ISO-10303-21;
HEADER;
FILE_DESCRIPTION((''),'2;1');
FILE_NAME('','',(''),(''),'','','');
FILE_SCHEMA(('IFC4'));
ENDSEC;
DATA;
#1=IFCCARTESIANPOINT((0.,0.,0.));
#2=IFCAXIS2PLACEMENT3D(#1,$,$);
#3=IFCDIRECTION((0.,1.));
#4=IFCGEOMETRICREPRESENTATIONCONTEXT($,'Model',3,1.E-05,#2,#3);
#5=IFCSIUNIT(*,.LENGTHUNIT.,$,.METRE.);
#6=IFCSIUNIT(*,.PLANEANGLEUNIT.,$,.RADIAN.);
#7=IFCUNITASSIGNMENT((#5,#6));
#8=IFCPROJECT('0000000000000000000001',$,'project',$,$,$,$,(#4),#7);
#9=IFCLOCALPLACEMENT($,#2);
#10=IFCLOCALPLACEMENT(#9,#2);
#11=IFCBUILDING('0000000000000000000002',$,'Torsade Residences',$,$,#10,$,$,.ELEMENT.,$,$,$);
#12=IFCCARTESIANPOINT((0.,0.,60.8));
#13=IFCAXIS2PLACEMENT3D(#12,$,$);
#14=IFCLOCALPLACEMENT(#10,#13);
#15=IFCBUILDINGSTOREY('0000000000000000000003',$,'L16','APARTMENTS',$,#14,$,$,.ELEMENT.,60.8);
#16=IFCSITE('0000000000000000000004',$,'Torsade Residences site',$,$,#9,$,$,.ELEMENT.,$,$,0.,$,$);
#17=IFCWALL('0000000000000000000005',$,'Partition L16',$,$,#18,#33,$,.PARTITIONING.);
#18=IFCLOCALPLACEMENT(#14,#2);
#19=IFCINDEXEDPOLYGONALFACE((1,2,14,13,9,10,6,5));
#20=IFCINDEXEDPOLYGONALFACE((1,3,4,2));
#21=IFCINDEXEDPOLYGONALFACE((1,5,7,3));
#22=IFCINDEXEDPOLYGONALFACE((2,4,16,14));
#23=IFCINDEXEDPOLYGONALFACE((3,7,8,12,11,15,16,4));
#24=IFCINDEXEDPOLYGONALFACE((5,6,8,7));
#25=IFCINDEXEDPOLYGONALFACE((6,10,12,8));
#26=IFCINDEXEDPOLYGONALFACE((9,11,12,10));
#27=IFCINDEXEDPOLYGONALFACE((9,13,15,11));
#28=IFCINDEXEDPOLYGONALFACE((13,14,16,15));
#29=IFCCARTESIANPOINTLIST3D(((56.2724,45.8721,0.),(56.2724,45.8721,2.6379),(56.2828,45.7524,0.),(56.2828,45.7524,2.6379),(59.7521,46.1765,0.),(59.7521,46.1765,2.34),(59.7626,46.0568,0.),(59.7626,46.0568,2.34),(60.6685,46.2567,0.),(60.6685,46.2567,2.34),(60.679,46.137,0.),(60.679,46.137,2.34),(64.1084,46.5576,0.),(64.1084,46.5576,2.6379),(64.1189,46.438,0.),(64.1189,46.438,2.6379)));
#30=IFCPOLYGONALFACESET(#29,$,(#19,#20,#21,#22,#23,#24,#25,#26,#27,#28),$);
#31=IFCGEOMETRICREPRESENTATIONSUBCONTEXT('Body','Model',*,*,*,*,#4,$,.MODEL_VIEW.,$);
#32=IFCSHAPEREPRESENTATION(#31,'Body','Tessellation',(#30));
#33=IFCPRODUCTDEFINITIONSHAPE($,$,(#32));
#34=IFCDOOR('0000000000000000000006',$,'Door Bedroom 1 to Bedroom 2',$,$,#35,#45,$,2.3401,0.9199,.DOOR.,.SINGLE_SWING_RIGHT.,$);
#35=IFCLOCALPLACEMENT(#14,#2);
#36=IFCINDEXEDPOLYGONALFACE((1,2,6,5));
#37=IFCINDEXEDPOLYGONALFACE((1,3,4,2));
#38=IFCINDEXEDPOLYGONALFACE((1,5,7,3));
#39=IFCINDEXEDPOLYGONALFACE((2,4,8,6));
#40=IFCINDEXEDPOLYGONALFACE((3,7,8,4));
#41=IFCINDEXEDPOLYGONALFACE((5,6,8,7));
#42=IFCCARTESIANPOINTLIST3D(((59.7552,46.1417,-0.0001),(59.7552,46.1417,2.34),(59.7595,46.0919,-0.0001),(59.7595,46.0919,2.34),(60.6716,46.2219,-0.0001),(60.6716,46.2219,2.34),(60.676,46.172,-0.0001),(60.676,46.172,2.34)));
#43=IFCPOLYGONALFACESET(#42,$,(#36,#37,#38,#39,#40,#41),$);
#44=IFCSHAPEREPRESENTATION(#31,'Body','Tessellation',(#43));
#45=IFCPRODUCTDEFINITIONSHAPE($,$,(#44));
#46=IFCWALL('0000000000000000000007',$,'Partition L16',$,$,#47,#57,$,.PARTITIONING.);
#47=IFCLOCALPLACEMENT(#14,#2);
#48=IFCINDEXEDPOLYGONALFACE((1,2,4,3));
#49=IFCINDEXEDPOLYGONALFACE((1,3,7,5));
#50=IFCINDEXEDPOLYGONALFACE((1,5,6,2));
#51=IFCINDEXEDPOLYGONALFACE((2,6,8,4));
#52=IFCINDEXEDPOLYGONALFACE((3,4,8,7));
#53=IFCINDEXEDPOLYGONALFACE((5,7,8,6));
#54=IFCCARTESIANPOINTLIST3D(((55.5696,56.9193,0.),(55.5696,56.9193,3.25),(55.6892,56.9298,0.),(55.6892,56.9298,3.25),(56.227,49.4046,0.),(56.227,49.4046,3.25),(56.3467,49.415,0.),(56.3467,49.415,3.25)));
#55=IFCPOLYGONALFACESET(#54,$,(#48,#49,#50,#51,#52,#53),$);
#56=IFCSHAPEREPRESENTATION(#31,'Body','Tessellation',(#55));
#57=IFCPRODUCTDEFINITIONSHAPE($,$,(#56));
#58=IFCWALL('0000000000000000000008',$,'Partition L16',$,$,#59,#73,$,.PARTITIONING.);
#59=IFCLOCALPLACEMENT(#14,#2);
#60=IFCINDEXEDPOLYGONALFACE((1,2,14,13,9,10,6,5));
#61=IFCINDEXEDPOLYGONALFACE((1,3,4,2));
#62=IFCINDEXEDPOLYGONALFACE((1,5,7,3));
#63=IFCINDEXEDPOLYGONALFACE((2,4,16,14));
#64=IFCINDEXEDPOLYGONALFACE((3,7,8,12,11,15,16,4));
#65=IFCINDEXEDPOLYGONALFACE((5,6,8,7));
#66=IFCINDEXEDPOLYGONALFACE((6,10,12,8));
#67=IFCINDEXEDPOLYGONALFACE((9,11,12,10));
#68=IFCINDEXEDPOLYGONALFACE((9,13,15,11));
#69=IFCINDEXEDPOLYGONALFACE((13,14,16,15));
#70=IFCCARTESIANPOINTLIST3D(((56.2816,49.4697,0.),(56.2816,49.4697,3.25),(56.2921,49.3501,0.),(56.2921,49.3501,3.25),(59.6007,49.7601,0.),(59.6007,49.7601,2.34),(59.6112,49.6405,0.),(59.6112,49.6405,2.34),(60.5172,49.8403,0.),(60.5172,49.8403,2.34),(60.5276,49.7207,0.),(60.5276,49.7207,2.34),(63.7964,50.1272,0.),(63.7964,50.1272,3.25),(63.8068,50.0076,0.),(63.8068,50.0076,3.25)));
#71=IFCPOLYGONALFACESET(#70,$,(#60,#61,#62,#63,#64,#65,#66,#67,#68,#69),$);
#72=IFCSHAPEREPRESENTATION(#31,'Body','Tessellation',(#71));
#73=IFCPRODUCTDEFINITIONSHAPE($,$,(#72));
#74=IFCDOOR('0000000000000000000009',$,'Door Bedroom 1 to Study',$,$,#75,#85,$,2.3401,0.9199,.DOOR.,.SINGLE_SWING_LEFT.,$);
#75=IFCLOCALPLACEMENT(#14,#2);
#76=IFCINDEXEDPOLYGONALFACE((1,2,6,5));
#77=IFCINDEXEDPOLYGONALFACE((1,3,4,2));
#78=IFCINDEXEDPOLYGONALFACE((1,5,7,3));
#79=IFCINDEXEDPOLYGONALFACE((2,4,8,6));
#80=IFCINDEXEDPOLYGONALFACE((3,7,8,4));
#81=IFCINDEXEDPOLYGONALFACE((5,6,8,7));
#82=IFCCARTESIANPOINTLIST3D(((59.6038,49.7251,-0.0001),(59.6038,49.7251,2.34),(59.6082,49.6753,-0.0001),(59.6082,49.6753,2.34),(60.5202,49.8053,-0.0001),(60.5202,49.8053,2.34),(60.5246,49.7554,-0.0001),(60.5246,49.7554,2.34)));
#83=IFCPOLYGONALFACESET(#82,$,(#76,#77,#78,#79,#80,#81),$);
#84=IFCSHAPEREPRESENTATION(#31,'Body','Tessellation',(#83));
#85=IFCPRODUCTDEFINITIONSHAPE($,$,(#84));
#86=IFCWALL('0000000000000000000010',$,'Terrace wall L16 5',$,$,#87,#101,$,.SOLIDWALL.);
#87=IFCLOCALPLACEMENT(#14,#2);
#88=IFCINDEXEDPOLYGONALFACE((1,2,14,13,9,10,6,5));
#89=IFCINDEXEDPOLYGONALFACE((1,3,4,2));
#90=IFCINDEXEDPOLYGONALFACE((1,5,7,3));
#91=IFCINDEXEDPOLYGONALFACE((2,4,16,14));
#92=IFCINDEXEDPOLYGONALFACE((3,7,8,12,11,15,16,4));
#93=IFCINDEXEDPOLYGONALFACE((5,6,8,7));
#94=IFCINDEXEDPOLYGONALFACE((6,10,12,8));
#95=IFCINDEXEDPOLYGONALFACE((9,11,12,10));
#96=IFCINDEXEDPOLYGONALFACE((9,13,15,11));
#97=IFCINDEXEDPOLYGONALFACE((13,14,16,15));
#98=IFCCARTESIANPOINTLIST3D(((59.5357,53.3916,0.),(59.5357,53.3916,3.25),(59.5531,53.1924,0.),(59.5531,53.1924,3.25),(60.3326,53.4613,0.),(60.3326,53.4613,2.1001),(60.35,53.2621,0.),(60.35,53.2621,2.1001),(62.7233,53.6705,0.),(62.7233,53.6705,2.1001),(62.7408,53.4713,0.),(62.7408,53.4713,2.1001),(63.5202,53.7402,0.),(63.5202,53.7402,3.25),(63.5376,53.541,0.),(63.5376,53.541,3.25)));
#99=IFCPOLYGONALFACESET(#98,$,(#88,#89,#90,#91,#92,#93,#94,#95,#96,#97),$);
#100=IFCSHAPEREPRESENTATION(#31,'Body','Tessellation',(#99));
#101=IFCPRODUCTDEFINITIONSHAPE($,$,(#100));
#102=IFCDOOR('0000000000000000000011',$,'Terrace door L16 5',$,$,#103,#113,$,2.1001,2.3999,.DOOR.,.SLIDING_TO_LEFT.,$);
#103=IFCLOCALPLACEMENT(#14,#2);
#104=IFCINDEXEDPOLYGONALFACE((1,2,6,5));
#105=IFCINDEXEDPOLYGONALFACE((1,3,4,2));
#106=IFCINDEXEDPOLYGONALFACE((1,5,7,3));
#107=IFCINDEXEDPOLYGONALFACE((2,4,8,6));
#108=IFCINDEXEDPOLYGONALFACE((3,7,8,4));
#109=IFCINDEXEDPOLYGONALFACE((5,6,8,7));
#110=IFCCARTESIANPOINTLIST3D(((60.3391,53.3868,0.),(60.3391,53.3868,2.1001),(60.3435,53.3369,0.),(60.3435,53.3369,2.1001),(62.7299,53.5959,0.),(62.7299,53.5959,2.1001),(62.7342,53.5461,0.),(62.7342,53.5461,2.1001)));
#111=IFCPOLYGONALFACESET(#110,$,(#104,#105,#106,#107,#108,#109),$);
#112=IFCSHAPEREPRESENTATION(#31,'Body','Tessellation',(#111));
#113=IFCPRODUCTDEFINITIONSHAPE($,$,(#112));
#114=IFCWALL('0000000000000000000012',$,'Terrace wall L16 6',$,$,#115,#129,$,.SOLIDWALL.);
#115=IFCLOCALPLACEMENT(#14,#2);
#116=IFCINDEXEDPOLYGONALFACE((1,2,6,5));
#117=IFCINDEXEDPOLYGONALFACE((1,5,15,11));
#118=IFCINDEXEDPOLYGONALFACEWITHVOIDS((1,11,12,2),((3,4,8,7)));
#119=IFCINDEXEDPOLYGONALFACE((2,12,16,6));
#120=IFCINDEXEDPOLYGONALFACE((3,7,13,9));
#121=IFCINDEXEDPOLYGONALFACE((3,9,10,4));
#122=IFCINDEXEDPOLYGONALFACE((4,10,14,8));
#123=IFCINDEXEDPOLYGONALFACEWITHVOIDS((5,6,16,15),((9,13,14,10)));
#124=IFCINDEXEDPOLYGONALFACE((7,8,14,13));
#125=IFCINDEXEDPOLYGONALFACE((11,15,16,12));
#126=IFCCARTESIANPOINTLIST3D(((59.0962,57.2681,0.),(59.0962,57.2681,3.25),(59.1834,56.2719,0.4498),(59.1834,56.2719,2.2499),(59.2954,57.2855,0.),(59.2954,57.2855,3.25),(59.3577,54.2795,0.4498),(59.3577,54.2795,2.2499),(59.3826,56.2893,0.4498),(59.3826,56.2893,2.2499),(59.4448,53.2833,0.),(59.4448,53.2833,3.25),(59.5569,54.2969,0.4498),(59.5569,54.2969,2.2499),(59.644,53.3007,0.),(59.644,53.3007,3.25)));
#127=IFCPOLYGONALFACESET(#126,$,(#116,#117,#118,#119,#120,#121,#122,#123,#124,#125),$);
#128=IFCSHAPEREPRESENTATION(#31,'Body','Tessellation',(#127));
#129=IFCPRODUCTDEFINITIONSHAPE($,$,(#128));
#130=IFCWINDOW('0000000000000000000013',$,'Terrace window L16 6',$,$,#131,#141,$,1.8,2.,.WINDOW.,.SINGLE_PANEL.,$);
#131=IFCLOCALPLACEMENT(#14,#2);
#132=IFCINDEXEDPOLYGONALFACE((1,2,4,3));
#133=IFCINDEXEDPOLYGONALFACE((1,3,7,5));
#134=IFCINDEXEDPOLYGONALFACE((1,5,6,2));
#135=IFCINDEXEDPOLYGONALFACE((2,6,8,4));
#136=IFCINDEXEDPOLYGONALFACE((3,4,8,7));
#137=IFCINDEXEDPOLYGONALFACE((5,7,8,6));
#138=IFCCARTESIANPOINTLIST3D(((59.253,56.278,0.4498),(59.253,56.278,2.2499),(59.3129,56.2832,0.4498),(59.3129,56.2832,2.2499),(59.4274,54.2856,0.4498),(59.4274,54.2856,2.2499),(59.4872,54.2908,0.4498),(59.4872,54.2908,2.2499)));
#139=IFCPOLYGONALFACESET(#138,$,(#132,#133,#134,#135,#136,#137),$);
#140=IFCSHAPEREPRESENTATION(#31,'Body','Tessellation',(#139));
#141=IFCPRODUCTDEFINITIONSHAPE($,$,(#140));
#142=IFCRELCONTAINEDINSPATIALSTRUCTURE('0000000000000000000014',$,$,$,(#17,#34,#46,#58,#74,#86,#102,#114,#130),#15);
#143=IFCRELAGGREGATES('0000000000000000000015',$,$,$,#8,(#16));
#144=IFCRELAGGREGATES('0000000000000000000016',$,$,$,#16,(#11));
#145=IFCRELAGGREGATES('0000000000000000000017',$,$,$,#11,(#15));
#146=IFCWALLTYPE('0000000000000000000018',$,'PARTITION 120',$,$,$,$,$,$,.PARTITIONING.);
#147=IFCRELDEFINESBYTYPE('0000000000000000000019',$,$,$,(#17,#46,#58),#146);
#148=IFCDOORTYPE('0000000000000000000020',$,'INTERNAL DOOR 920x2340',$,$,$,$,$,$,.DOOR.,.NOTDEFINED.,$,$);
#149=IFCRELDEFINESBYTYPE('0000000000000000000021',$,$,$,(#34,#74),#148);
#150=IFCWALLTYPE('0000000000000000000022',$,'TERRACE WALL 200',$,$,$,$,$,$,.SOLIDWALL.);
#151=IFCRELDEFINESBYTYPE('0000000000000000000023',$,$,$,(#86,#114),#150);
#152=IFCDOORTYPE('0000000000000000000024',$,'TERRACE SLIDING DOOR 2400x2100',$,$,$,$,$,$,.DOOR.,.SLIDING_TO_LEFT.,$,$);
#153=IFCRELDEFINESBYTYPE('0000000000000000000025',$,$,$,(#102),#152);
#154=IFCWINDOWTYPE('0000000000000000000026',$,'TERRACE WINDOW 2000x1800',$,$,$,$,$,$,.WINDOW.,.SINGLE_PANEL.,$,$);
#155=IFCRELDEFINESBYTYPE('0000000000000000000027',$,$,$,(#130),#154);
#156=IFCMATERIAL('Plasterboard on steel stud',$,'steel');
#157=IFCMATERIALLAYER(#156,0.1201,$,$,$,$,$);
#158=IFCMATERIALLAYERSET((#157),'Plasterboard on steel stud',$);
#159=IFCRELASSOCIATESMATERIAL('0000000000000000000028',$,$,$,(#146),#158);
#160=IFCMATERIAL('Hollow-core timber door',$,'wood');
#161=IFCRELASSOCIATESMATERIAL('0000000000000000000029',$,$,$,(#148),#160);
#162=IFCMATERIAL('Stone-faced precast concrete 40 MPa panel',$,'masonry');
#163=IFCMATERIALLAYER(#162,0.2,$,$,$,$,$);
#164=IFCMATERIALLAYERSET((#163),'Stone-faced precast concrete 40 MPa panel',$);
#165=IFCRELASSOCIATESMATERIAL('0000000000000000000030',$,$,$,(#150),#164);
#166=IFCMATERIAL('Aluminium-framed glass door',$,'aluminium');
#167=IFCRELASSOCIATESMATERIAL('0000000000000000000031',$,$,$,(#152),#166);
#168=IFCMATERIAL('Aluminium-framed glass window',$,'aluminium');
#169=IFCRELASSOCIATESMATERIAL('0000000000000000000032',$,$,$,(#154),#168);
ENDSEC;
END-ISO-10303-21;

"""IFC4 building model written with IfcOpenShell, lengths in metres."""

from ifc_helpers import new_model, si_unit, direction, frame, frame_2d, origin, place, context, subcontext, project, spatial, rectangle, extrude, material, layer, layer_set, type_object, element, fill, save


model = new_model("IFC4")

# Units and contexts
model_context = context("Model", 3, precision=1e-05, world=origin(), true_north=direction((0.0, 1.0)))
body_context = subcontext(model_context, "Body", "Model", "MODEL_VIEW")
ifc_project = project(units=[si_unit("LENGTHUNIT", "METRE"), si_unit("PLANEANGLEUNIT", "RADIAN")], contexts=[model_context])

# Site, building, storey
site_placement = place(None, origin())
site = spatial("IfcSite", under=ifc_project, at=site_placement, Name="Torsade Residences site", CompositionType="ELEMENT", RefElevation=0.0)
building_placement = place(site_placement, origin())
building = spatial("IfcBuilding", under=site, at=building_placement, Name="Torsade Residences", CompositionType="ELEMENT")
storey_placement = place(building_placement, frame((0.0, 0.0, 60.8)))
storey = spatial("IfcBuildingStorey", under=building, at=storey_placement, Name="L16", Description="APARTMENTS", CompositionType="ELEMENT", Elevation=60.8)

# Wall, opening, door
ifc_material_1 = material(Name="Plasterboard on steel stud", Category="steel")
ifc_layer_1 = layer(ifc_material_1, 0.1201)
ifc_layer_set_1 = layer_set([ifc_layer_1], Name="Plasterboard on steel stud")
wall_type_1 = type_object("IfcWallType", Name="PARTITION 120", PredefinedType="PARTITIONING", material=ifc_layer_set_1)
ifc_material_2 = material(Name="Hollow-core timber door", Category="wood")
door_type_1 = type_object("IfcDoorType", Name="INTERNAL DOOR 920x2340", OperationType="NOTDEFINED", PredefinedType="DOOR", material=ifc_material_2)
wall_1_placement = place(storey_placement, frame((64.1138, 46.4978, 0.0), z_axis=(0.0, 0.0, 1.0), x_axis=(-0.996195, -0.087155, 0.0)))
wall_1 = element("IfcWall", 1, at=wall_1_placement, inside=storey, type_object=wall_type_1, Name="Partition L16", PredefinedType="PARTITIONING", context=body_context, shape_type="SweptSolid", body=[
    extrude(rectangle(XDim=7.866, YDim=0.1201, at=frame_2d((3.9331, 0.0))), origin(), (0.0, 0.0, 1.0), 2.6379),
])
opening_1_placement = place(wall_1_placement, frame((3.4531, 0.0, 0.0)))
opening_1 = element("IfcOpeningElement", 2, at=opening_1_placement, cuts=wall_1, PredefinedType="OPENING", context=body_context, shape_type="SweptSolid", body=[
    extrude(rectangle(XDim=0.9199, YDim=2.3401, at=frame_2d((0.46, 1.1699))), frame((0.0, 0.0701, 0.0), z_axis=(0.0, -1.0, 0.0), x_axis=(1.0, 0.0, 0.0)), (0.0, 0.0, 1.0), 0.1401),
])
door_1_placement = place(opening_1_placement, origin())
door_1 = element("IfcDoor", 3, at=door_1_placement, inside=storey, type_object=door_type_1, Name="Door Bedroom 1 to Bedroom 2", OperationType="SINGLE_SWING_RIGHT", OverallHeight=2.3401, OverallWidth=0.9199, PredefinedType="DOOR", context=body_context, shape_type="SweptSolid", body=[
    extrude(rectangle(XDim=0.9199, YDim=2.3401, at=frame_2d((0.46, 1.1699))), frame((0.0, 0.0249, 0.0), z_axis=(0.0, -1.0, 0.0), x_axis=(1.0, 0.0, 0.0)), (0.0, 0.0, 1.0), 0.05),
])
fill(opening_1, door_1)

# Wall
wall_2_placement = place(storey_placement, frame((55.6294, 56.9246, 0.0), z_axis=(0.0, 0.0, 1.0), x_axis=(0.087159, -0.996194, 0.0)))
element("IfcWall", 4, at=wall_2_placement, inside=storey, type_object=wall_type_1, Name="Partition L16", PredefinedType="PARTITIONING", context=body_context, shape_type="SweptSolid", body=[
    extrude(rectangle(XDim=7.5435, YDim=0.1201, at=frame_2d((3.7717, 0.0))), origin(), (0.0, 0.0, 1.0), 3.25),
])

# Walls, openings, doors
wall_3_placement = place(storey_placement, frame((56.2869, 49.4099, 0.0), z_axis=(0.0, 0.0, 1.0), x_axis=(0.996194, 0.087159, 0.0)))
wall_3 = element("IfcWall", 5, at=wall_3_placement, inside=storey, type_object=wall_type_1, Name="Partition L16", PredefinedType="PARTITIONING", context=body_context, shape_type="SweptSolid", body=[
    extrude(rectangle(XDim=7.5435, YDim=0.1201, at=frame_2d((3.7717, 0.0))), origin(), (0.0, 0.0, 1.0), 3.25),
])
opening_2_placement = place(wall_3_placement, frame((3.3318, 0.0, 0.0)))
opening_2 = element("IfcOpeningElement", 6, at=opening_2_placement, cuts=wall_3, PredefinedType="OPENING", context=body_context, shape_type="SweptSolid", body=[
    extrude(rectangle(XDim=0.9199, YDim=2.3401, at=frame_2d((0.46, 1.1699))), frame((0.0, 0.0701, 0.0), z_axis=(0.0, -1.0, 0.0), x_axis=(1.0, 0.0, 0.0)), (0.0, 0.0, 1.0), 0.1401),
])
door_2_placement = place(opening_2_placement, origin())
door_2 = element("IfcDoor", 7, at=door_2_placement, inside=storey, type_object=door_type_1, Name="Door Bedroom 1 to Study", OperationType="SINGLE_SWING_LEFT", OverallHeight=2.3401, OverallWidth=0.9199, PredefinedType="DOOR", context=body_context, shape_type="SweptSolid", body=[
    extrude(rectangle(XDim=0.9199, YDim=2.3401, at=frame_2d((0.46, 1.1699))), frame((0.0, 0.0249, 0.0), z_axis=(0.0, -1.0, 0.0), x_axis=(1.0, 0.0, 0.0)), (0.0, 0.0, 1.0), 0.05),
])
fill(opening_2, door_2)
ifc_material_3 = material(Name="Stone-faced precast concrete 40 MPa panel", Category="masonry")
ifc_layer_2 = layer(ifc_material_3, 0.2)
ifc_layer_set_2 = layer_set([ifc_layer_2], Name="Stone-faced precast concrete 40 MPa panel")
wall_type_2 = type_object("IfcWallType", Name="TERRACE WALL 200", PredefinedType="SOLIDWALL", material=ifc_layer_set_2)
wall_4_placement = place(storey_placement, frame((63.5291, 53.6406, 0.0), z_axis=(0.0, 0.0, 1.0), x_axis=(-0.996194, -0.087162, 0.0)))
wall_4 = element("IfcWall", 8, at=wall_4_placement, inside=storey, type_object=wall_type_2, Name="Terrace wall L16 5", PredefinedType="SOLIDWALL", context=body_context, shape_type="SweptSolid", body=[
    extrude(rectangle(XDim=3.9998, YDim=0.2, at=frame_2d((2.0, 0.0))), origin(), (0.0, 0.0, 1.0), 3.25),
])
opening_3_placement = place(wall_4_placement, frame((0.8, 0.0, 0.0)))
opening_3 = element("IfcOpeningElement", 9, at=opening_3_placement, cuts=wall_4, PredefinedType="OPENING", context=body_context, shape_type="SweptSolid", body=[
    extrude(rectangle(XDim=2.3999, YDim=2.1001, at=frame_2d((1.2, 1.05))), frame((0.0, 0.1099, 0.0), z_axis=(0.0, -1.0, 0.0), x_axis=(1.0, 0.0, 0.0)), (0.0, 0.0, 1.0), 0.22),
])
ifc_material_4 = material(Name="Aluminium-framed glass door", Category="aluminium")
door_type_2 = type_object("IfcDoorType", Name="TERRACE SLIDING DOOR 2400x2100", OperationType="SLIDING_TO_LEFT", PredefinedType="DOOR", material=ifc_material_4)
door_3_placement = place(opening_3_placement, origin())
door_3 = element("IfcDoor", 10, at=door_3_placement, inside=storey, type_object=door_type_2, Name="Terrace door L16 5", OperationType="SLIDING_TO_LEFT", OverallHeight=2.1001, OverallWidth=2.3999, PredefinedType="DOOR", context=body_context, shape_type="SweptSolid", body=[
    extrude(rectangle(XDim=2.3999, YDim=2.1001, at=frame_2d((1.2, 1.05))), frame((0.0, 0.0249, 0.0), z_axis=(0.0, -1.0, 0.0), x_axis=(1.0, 0.0, 0.0)), (0.0, 0.0, 1.0), 0.05),
])
fill(opening_3, door_3)

# Wall, opening, window
wall_5_placement = place(storey_placement, frame((59.5444, 53.292, 0.0), z_axis=(0.0, 0.0, 1.0), x_axis=(-0.087156, 0.996195, 0.0)))
wall_5 = element("IfcWall", 11, at=wall_5_placement, inside=storey, type_object=wall_type_2, Name="Terrace wall L16 6", PredefinedType="SOLIDWALL", context=body_context, shape_type="SweptSolid", body=[
    extrude(rectangle(XDim=4.0, YDim=0.2, at=frame_2d((2.0, 0.0))), origin(), (0.0, 0.0, 1.0), 3.25),
])
opening_4_placement = place(wall_5_placement, frame((1.0, 0.0, 0.45)))
opening_4 = element("IfcOpeningElement", 12, at=opening_4_placement, cuts=wall_5, PredefinedType="OPENING", context=body_context, shape_type="SweptSolid", body=[
    extrude(rectangle(XDim=2.0, YDim=1.8, at=frame_2d((1.0, 0.8999))), frame((0.0, 0.1099, 0.0), z_axis=(0.0, -1.0, 0.0), x_axis=(1.0, 0.0, 0.0)), (0.0, 0.0, 1.0), 0.22),
])
ifc_material_5 = material(Name="Aluminium-framed glass window", Category="aluminium")
window_type = type_object("IfcWindowType", Name="TERRACE WINDOW 2000x1800", PartitioningType="SINGLE_PANEL", PredefinedType="WINDOW", material=ifc_material_5)
window_placement = place(opening_4_placement, origin())
window = element("IfcWindow", 13, at=window_placement, inside=storey, type_object=window_type, Name="Terrace window L16 6", OverallHeight=1.8, OverallWidth=2.0, PartitioningType="SINGLE_PANEL", PredefinedType="WINDOW", context=body_context, shape_type="SweptSolid", body=[
    extrude(rectangle(XDim=2.0, YDim=1.8, at=frame_2d((1.0, 0.8999))), frame((0.0, 0.03, 0.0), z_axis=(0.0, -1.0, 0.0), x_axis=(1.0, 0.0, 0.0)), (0.0, 0.0, 1.0), 0.0601),
])
fill(opening_4, window)

save(model, "model.ifc")
